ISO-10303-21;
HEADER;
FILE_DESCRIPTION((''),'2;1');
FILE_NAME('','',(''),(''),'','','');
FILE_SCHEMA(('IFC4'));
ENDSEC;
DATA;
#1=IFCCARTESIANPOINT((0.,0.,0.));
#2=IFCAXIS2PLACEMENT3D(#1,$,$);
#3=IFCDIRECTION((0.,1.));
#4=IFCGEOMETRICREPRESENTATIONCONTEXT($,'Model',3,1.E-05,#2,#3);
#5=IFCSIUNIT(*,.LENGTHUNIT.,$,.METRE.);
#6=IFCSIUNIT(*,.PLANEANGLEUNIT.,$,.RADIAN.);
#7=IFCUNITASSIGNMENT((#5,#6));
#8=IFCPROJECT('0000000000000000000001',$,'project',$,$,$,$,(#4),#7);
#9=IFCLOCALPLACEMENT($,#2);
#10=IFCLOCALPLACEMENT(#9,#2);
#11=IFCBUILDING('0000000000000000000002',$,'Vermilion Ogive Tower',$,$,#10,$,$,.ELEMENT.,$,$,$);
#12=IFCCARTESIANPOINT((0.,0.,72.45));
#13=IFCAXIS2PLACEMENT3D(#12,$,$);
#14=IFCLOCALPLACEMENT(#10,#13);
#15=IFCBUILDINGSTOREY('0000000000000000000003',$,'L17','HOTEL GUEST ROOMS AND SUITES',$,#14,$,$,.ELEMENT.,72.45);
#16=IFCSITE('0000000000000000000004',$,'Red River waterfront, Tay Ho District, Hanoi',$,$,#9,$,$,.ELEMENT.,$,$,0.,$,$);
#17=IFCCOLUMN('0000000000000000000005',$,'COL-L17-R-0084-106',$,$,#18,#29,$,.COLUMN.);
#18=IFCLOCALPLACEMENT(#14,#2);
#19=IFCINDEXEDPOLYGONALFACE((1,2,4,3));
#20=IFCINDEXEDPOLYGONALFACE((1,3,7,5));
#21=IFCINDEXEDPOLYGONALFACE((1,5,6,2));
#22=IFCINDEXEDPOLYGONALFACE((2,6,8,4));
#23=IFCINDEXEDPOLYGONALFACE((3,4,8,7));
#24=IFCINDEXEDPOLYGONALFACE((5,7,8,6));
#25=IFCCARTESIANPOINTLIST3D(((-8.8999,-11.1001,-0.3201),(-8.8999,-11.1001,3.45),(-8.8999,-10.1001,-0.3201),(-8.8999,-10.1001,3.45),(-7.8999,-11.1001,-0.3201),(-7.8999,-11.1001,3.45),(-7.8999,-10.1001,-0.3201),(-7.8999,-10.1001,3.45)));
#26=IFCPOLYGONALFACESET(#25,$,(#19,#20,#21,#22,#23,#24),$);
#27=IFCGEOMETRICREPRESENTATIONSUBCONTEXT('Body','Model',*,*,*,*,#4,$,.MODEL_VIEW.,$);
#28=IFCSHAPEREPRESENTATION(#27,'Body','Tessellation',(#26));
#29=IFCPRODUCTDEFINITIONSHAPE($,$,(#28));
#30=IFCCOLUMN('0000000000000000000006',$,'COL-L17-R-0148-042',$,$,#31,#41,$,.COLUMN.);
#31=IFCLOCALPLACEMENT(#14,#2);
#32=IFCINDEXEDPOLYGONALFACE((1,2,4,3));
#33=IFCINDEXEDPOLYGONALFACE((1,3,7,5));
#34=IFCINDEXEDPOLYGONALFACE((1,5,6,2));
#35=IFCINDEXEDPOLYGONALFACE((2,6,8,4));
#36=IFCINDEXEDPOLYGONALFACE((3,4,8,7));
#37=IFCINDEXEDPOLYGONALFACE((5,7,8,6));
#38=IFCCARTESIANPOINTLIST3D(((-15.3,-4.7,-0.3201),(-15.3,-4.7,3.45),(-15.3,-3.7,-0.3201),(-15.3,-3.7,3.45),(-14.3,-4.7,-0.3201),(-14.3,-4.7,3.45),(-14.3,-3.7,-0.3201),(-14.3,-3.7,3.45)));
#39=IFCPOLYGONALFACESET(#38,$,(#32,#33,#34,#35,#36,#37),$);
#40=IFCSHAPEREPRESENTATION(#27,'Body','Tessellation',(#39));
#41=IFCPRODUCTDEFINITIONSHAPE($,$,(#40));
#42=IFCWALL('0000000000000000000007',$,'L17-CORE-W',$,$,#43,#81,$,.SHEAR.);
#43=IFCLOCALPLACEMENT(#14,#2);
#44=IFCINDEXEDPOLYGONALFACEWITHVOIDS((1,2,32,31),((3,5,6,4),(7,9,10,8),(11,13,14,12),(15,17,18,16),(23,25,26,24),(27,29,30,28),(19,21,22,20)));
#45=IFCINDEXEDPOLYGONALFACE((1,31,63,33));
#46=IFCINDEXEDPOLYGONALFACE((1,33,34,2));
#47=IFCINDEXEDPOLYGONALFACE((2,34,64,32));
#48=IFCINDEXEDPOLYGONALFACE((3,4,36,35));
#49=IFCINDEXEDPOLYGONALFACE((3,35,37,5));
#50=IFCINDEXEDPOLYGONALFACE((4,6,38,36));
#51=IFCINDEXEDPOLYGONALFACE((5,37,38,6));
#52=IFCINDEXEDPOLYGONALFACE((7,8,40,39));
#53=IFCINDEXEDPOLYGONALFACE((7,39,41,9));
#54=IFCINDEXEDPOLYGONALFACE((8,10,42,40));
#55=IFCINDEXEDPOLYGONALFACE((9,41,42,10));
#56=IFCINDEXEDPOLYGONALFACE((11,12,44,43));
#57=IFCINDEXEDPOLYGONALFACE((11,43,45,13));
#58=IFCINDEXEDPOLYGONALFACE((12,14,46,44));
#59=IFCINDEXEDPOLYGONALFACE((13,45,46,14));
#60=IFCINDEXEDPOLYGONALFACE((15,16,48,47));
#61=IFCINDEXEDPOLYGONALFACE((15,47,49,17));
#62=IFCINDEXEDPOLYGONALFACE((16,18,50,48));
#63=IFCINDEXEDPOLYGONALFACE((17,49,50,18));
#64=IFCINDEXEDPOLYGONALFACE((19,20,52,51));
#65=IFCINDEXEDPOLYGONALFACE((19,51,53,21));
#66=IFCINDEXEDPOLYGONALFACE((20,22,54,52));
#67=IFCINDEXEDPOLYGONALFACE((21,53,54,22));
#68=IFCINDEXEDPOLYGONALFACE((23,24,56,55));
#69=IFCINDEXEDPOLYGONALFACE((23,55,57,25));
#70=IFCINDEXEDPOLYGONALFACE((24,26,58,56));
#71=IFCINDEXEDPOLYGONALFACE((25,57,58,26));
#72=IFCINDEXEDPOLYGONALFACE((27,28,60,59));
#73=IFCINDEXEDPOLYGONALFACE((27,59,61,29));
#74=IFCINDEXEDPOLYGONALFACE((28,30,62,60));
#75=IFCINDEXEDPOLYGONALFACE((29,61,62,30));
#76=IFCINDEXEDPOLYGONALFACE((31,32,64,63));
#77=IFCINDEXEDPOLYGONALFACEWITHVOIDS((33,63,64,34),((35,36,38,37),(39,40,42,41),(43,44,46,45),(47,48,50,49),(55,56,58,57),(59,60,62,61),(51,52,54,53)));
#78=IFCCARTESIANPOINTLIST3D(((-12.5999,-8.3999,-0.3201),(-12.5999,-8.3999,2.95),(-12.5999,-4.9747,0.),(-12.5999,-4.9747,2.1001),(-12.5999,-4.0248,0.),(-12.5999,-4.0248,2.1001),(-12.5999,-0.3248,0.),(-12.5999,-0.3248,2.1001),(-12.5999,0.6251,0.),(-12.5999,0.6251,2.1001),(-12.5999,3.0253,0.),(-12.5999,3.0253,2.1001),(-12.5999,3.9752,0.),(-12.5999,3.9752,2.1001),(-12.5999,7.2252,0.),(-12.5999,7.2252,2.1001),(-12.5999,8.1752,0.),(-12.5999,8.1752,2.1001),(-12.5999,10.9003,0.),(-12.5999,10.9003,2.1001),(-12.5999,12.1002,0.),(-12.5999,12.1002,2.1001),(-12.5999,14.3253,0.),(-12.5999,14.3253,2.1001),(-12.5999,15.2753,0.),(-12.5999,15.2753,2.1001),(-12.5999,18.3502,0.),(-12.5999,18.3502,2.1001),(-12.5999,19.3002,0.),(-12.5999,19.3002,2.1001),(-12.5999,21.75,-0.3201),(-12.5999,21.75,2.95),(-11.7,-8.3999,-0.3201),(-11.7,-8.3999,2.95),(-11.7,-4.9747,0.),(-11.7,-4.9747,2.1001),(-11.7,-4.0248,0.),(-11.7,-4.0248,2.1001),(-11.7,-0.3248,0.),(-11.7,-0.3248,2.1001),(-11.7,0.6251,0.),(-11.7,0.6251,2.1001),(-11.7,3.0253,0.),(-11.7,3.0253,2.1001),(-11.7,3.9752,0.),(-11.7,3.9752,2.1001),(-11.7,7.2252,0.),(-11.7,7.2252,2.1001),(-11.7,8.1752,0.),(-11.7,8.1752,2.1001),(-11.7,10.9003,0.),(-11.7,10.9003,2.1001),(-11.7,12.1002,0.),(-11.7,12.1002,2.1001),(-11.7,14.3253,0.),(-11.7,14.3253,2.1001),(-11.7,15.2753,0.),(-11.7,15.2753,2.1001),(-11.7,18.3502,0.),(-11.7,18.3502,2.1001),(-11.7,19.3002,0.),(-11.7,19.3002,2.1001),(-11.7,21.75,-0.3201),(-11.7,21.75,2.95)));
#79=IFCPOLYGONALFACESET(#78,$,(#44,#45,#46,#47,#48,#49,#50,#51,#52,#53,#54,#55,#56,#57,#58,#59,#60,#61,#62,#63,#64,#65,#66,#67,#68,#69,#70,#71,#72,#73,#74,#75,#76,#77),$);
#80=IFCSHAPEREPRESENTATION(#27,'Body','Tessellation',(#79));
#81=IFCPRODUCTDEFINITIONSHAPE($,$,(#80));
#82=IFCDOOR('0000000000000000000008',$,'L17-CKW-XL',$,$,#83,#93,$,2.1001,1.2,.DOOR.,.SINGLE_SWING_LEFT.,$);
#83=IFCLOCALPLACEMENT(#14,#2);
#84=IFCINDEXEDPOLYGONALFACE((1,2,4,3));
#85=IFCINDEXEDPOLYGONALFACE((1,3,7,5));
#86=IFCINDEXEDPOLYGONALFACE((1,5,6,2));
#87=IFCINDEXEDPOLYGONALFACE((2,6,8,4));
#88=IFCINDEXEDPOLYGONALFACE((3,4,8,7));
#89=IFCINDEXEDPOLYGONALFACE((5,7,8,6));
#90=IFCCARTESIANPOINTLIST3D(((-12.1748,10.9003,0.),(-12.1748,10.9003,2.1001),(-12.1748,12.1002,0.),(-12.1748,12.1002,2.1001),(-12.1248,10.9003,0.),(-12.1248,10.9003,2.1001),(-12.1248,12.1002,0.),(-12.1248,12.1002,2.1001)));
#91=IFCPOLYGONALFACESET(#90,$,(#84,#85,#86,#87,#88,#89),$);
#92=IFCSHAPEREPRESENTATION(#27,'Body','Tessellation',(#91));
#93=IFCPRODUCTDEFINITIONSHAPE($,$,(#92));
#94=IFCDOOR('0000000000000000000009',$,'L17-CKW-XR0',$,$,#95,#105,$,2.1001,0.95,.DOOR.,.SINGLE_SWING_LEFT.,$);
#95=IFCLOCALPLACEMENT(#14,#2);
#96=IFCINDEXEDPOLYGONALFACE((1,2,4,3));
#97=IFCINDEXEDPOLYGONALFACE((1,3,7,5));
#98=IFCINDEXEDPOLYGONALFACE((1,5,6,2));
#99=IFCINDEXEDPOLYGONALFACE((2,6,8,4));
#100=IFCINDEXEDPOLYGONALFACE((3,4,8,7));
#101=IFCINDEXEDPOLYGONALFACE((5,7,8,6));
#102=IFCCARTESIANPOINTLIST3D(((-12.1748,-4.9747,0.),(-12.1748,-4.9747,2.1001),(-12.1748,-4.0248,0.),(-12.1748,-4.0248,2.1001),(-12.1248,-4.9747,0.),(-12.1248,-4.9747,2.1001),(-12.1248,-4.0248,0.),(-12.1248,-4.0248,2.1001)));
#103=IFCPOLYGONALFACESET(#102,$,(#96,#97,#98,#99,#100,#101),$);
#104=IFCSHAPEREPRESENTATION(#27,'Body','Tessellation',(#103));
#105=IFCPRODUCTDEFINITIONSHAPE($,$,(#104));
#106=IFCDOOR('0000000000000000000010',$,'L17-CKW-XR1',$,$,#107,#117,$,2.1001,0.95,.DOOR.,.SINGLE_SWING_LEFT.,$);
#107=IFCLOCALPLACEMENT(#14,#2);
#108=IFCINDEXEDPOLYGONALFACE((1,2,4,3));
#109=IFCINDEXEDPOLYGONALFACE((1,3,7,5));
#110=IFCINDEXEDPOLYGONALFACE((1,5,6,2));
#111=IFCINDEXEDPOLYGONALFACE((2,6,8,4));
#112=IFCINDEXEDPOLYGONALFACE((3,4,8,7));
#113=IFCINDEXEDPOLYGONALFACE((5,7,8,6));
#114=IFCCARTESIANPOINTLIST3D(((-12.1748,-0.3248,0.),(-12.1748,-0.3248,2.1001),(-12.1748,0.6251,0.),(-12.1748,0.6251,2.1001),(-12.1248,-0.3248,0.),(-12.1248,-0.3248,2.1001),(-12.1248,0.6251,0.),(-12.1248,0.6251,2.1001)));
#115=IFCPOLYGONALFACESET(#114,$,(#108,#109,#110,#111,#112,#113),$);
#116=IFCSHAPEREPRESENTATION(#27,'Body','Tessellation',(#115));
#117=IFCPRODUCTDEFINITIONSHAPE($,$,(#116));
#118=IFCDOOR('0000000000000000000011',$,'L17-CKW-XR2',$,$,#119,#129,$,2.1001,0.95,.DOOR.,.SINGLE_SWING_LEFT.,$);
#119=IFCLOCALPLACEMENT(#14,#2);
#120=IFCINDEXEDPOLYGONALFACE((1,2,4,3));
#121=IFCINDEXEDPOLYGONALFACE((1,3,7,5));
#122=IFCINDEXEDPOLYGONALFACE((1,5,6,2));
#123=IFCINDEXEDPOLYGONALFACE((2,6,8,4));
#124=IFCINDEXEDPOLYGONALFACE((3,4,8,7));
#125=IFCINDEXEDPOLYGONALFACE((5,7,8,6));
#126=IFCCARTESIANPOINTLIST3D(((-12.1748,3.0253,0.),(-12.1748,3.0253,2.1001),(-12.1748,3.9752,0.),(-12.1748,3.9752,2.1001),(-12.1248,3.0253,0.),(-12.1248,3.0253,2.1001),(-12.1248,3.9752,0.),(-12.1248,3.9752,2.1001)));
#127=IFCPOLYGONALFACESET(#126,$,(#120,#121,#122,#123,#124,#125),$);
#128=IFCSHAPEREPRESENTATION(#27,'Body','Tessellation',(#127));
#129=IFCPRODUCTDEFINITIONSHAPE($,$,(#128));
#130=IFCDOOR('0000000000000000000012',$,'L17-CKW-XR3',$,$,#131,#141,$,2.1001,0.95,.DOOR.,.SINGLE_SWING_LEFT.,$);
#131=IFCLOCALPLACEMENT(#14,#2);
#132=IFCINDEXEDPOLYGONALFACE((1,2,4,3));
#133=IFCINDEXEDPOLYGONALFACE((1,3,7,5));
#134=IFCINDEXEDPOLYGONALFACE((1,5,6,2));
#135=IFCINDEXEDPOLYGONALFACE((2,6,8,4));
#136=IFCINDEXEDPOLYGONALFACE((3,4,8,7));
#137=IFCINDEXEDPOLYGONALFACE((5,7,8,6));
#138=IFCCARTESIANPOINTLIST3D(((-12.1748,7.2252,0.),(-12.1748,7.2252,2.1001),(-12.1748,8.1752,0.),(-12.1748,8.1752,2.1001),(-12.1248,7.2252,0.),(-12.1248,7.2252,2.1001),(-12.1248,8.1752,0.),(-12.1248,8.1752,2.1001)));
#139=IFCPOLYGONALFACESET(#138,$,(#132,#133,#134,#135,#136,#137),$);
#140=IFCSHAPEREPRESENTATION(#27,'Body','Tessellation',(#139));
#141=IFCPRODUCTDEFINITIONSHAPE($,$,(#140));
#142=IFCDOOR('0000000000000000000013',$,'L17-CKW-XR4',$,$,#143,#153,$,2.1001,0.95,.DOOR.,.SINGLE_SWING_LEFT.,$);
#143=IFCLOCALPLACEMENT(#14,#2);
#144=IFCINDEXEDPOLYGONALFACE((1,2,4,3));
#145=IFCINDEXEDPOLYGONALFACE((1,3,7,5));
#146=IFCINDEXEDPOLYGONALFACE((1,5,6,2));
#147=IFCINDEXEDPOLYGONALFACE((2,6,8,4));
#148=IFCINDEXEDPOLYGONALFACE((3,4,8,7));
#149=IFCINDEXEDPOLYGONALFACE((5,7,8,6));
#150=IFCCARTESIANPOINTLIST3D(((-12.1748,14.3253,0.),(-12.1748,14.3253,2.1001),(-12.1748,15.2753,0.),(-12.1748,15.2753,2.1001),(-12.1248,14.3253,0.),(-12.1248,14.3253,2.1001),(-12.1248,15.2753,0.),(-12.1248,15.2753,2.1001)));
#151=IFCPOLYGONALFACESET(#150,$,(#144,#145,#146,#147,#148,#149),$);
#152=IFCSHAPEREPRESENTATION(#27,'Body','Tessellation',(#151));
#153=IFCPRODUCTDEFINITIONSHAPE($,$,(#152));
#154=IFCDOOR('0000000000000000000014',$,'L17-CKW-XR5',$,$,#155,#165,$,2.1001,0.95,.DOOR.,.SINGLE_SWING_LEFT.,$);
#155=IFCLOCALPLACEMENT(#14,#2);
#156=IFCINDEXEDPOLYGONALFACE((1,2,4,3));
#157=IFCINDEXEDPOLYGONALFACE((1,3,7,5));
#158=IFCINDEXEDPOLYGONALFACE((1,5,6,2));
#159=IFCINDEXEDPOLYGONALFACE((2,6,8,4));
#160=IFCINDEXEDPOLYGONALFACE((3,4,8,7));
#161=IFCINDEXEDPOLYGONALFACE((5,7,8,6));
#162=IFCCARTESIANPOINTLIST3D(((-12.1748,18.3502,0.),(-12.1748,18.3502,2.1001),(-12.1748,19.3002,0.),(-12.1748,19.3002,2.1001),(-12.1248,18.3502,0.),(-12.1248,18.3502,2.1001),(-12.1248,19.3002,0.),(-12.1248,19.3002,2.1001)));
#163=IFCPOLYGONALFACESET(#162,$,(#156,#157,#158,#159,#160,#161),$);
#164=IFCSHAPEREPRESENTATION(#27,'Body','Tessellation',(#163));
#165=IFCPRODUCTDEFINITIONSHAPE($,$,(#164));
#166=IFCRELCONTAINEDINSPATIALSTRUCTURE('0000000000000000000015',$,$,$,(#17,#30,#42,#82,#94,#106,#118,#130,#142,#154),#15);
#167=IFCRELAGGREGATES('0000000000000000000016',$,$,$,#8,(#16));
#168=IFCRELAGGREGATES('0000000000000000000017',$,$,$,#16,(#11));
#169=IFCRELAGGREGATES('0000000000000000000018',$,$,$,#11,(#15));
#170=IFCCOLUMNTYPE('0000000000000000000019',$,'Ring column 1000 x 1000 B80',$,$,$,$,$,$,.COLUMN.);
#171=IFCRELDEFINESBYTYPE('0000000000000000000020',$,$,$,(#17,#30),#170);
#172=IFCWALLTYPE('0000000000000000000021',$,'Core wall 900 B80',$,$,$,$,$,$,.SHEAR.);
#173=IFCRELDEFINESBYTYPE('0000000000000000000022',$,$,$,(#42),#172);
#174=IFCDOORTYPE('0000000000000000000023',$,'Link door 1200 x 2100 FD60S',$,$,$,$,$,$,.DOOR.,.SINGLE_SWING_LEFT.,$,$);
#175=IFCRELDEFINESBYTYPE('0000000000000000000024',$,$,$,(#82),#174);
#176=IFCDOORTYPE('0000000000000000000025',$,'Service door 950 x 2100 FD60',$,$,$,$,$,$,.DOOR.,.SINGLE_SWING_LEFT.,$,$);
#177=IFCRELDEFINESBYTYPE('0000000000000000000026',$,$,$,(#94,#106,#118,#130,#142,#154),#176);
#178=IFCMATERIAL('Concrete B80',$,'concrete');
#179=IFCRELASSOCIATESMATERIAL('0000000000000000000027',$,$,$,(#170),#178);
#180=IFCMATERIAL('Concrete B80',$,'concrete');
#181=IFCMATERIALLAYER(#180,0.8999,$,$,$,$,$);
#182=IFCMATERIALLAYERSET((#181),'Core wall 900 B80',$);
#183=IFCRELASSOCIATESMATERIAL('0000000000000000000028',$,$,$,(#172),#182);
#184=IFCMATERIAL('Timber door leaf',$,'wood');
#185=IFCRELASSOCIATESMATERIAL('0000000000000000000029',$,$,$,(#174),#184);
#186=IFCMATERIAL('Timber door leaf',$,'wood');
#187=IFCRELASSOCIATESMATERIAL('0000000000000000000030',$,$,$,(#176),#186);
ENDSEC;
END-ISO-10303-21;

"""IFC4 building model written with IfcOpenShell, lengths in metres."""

from ifc_helpers import new_model, si_unit, direction, frame, frame_2d, origin, origin_2d, place, context, subcontext, project, spatial, rectangle, extrude, material, layer, layer_set, material_profile, profile_set, type_object, element, fill, save


model = new_model("IFC4")

# Units and contexts
model_context = context("Model", 3, precision=1e-05, world=origin(), true_north=direction((0.0, 1.0)))
body_context = subcontext(model_context, "Body", "Model", "MODEL_VIEW")
ifc_project = project(units=[si_unit("LENGTHUNIT", "METRE"), si_unit("PLANEANGLEUNIT", "RADIAN")], contexts=[model_context])

# Site, building, storey
site_placement = place(None, origin())
site = spatial("IfcSite", under=ifc_project, at=site_placement, Name="Red River waterfront, Tay Ho District, Hanoi", CompositionType="ELEMENT", RefElevation=0.0)
building_placement = place(site_placement, origin())
building = spatial("IfcBuilding", under=site, at=building_placement, Name="Vermilion Ogive Tower", CompositionType="ELEMENT")
storey_placement = place(building_placement, frame((0.0, 0.0, 72.45)))
storey = spatial("IfcBuildingStorey", under=building, at=storey_placement, Name="L17", Description="HOTEL GUEST ROOMS AND SUITES", CompositionType="ELEMENT", Elevation=72.45)

# Columns
ifc_material_1 = material(Name="Concrete B80", Category="concrete")
ifc_material_profile = material_profile(ifc_material_1, rectangle(XDim=1.0, YDim=1.0, at=origin_2d()), Name="1000 x 1000")
ifc_profile_set = profile_set([ifc_material_profile], Name="Concrete B80")
column_type = type_object("IfcColumnType", Name="Ring column 1000 x 1000 B80", PredefinedType="COLUMN", material=ifc_profile_set)
for number, where, z_axis, x_axis, name in (
    (1, (-8.3999, -10.6001, -0.3201), (0.0, 0.0, 1.0), (1.0, 0.0, 0.0), "COL-L17-R-0084-106"),
    (2, (-14.8, -4.2, -0.3201), (0.0, 0.0, 1.0), (1.0, 0.0, 0.0), "COL-L17-R-0148-042"),
):
    element("IfcColumn", number, at=place(storey_placement, frame(where, z_axis=z_axis, x_axis=x_axis)), inside=storey, type_object=column_type, Name=name, PredefinedType="COLUMN", context=body_context, shape_type="SweptSolid", body=[
        extrude(rectangle(XDim=1.0, YDim=1.0, at=origin_2d()), origin(), (0.0, 0.0, 1.0), 3.77),
    ])

# Wall, openings, doors
ifc_material_2 = material(Name="Concrete B80", Category="concrete")
ifc_layer_1 = layer(ifc_material_2, 0.8999)
ifc_layer_set_1 = layer_set([ifc_layer_1], Name="Core wall 900 B80")
wall_type_1 = type_object("IfcWallType", Name="Core wall 900 B80", PredefinedType="SHEAR", material=ifc_layer_set_1)
wall_1_placement = place(storey_placement, frame((-12.1499, -8.3999, -0.3201), z_axis=(0.0, 0.0, 1.0), x_axis=(0.0, 1.0, 0.0)))
wall_1 = element("IfcWall", 3, at=wall_1_placement, inside=storey, type_object=wall_type_1, Name="L17-CORE-W", PredefinedType="SHEAR", context=body_context, shape_type="SweptSolid", body=[
    extrude(rectangle(XDim=30.1499, YDim=0.8999, at=frame_2d((15.075, 0.0))), origin(), (0.0, 0.0, 1.0), 3.27),
])
opening_1_placement = place(wall_1_placement, frame((3.425, 0.0, 0.3201)))
opening_1 = element("IfcOpeningElement", 4, at=opening_1_placement, cuts=wall_1, PredefinedType="OPENING", context=body_context, shape_type="SweptSolid", body=[
    extrude(rectangle(XDim=0.95, YDim=2.1001, at=frame_2d((0.4751, 1.05))), frame((0.0, 0.46, 0.0), z_axis=(0.0, -1.0, 0.0), x_axis=(1.0, 0.0, 0.0)), (0.0, 0.0, 1.0), 0.9199),
])
opening_2_placement = place(wall_1_placement, frame((8.075, 0.0, 0.3201)))
opening_2 = element("IfcOpeningElement", 5, at=opening_2_placement, cuts=wall_1, PredefinedType="OPENING", context=body_context, shape_type="SweptSolid", body=[
    extrude(rectangle(XDim=0.95, YDim=2.1001, at=frame_2d((0.4751, 1.05))), frame((0.0, 0.46, 0.0), z_axis=(0.0, -1.0, 0.0), x_axis=(1.0, 0.0, 0.0)), (0.0, 0.0, 1.0), 0.9199),
])
opening_3_placement = place(wall_1_placement, frame((11.425, 0.0, 0.3201)))
opening_3 = element("IfcOpeningElement", 6, at=opening_3_placement, cuts=wall_1, PredefinedType="OPENING", context=body_context, shape_type="SweptSolid", body=[
    extrude(rectangle(XDim=0.95, YDim=2.1001, at=frame_2d((0.4751, 1.05))), frame((0.0, 0.46, 0.0), z_axis=(0.0, -1.0, 0.0), x_axis=(1.0, 0.0, 0.0)), (0.0, 0.0, 1.0), 0.9199),
])
opening_4_placement = place(wall_1_placement, frame((15.625, 0.0, 0.3201)))
opening_4 = element("IfcOpeningElement", 7, at=opening_4_placement, cuts=wall_1, PredefinedType="OPENING", context=body_context, shape_type="SweptSolid", body=[
    extrude(rectangle(XDim=0.95, YDim=2.1001, at=frame_2d((0.4751, 1.05))), frame((0.0, 0.46, 0.0), z_axis=(0.0, -1.0, 0.0), x_axis=(1.0, 0.0, 0.0)), (0.0, 0.0, 1.0), 0.9199),
])
opening_5_placement = place(wall_1_placement, frame((22.7251, 0.0, 0.3201)))
opening_5 = element("IfcOpeningElement", 8, at=opening_5_placement, cuts=wall_1, PredefinedType="OPENING", context=body_context, shape_type="SweptSolid", body=[
    extrude(rectangle(XDim=0.95, YDim=2.1001, at=frame_2d((0.4751, 1.05))), frame((0.0, 0.46, 0.0), z_axis=(0.0, -1.0, 0.0), x_axis=(1.0, 0.0, 0.0)), (0.0, 0.0, 1.0), 0.9199),
])
opening_6_placement = place(wall_1_placement, frame((26.75, 0.0, 0.3201)))
opening_6 = element("IfcOpeningElement", 9, at=opening_6_placement, cuts=wall_1, PredefinedType="OPENING", context=body_context, shape_type="SweptSolid", body=[
    extrude(rectangle(XDim=0.95, YDim=2.1001, at=frame_2d((0.4751, 1.05))), frame((0.0, 0.46, 0.0), z_axis=(0.0, -1.0, 0.0), x_axis=(1.0, 0.0, 0.0)), (0.0, 0.0, 1.0), 0.9199),
])
opening_7_placement = place(wall_1_placement, frame((19.3, 0.0, 0.3201)))
opening_7 = element("IfcOpeningElement", 10, at=opening_7_placement, cuts=wall_1, PredefinedType="OPENING", context=body_context, shape_type="SweptSolid", body=[
    extrude(rectangle(XDim=1.2, YDim=2.1001, at=frame_2d((0.6001, 1.05))), frame((0.0, 0.46, 0.0), z_axis=(0.0, -1.0, 0.0), x_axis=(1.0, 0.0, 0.0)), (0.0, 0.0, 1.0), 0.9199),
])
ifc_material_3 = material(Name="Timber door leaf", Category="wood")
door_type_1 = type_object("IfcDoorType", Name="Link door 1200 x 2100 FD60S", OperationType="SINGLE_SWING_LEFT", PredefinedType="DOOR", material=ifc_material_3)
door_1_placement = place(opening_7_placement, origin())
door_1 = element("IfcDoor", 11, at=door_1_placement, inside=storey, type_object=door_type_1, Name="L17-CKW-XL", OperationType="SINGLE_SWING_LEFT", OverallHeight=2.1001, OverallWidth=1.2, PredefinedType="DOOR", context=body_context, shape_type="SweptSolid", body=[
    extrude(rectangle(XDim=1.2, YDim=2.1001, at=frame_2d((0.6001, 1.05))), frame((0.0, 0.0249, 0.0), z_axis=(0.0, -1.0, 0.0), x_axis=(1.0, 0.0, 0.0)), (0.0, 0.0, 1.0), 0.05),
])
fill(opening_7, door_1)
ifc_material_4 = material(Name="Timber door leaf", Category="wood")
door_type_2 = type_object("IfcDoorType", Name="Service door 950 x 2100 FD60", OperationType="SINGLE_SWING_LEFT", PredefinedType="DOOR", material=ifc_material_4)
door_2_placement = place(opening_1_placement, origin())
door_2 = element("IfcDoor", 12, at=door_2_placement, inside=storey, type_object=door_type_2, Name="L17-CKW-XR0", OperationType="SINGLE_SWING_LEFT", OverallHeight=2.1001, OverallWidth=0.95, PredefinedType="DOOR", context=body_context, shape_type="SweptSolid", body=[
    extrude(rectangle(XDim=0.95, YDim=2.1001, at=frame_2d((0.4751, 1.05))), frame((0.0, 0.0249, 0.0), z_axis=(0.0, -1.0, 0.0), x_axis=(1.0, 0.0, 0.0)), (0.0, 0.0, 1.0), 0.05),
])
fill(opening_1, door_2)
door_3_placement = place(opening_2_placement, origin())
door_3 = element("IfcDoor", 13, at=door_3_placement, inside=storey, type_object=door_type_2, Name="L17-CKW-XR1", OperationType="SINGLE_SWING_LEFT", OverallHeight=2.1001, OverallWidth=0.95, PredefinedType="DOOR", context=body_context, shape_type="SweptSolid", body=[
    extrude(rectangle(XDim=0.95, YDim=2.1001, at=frame_2d((0.4751, 1.05))), frame((0.0, 0.0249, 0.0), z_axis=(0.0, -1.0, 0.0), x_axis=(1.0, 0.0, 0.0)), (0.0, 0.0, 1.0), 0.05),
])
fill(opening_2, door_3)
door_4_placement = place(opening_3_placement, origin())
door_4 = element("IfcDoor", 14, at=door_4_placement, inside=storey, type_object=door_type_2, Name="L17-CKW-XR2", OperationType="SINGLE_SWING_LEFT", OverallHeight=2.1001, OverallWidth=0.95, PredefinedType="DOOR", context=body_context, shape_type="SweptSolid", body=[
    extrude(rectangle(XDim=0.95, YDim=2.1001, at=frame_2d((0.4751, 1.05))), frame((0.0, 0.0249, 0.0), z_axis=(0.0, -1.0, 0.0), x_axis=(1.0, 0.0, 0.0)), (0.0, 0.0, 1.0), 0.05),
])
fill(opening_3, door_4)
door_5_placement = place(opening_4_placement, origin())
door_5 = element("IfcDoor", 15, at=door_5_placement, inside=storey, type_object=door_type_2, Name="L17-CKW-XR3", OperationType="SINGLE_SWING_LEFT", OverallHeight=2.1001, OverallWidth=0.95, PredefinedType="DOOR", context=body_context, shape_type="SweptSolid", body=[
    extrude(rectangle(XDim=0.95, YDim=2.1001, at=frame_2d((0.4751, 1.05))), frame((0.0, 0.0249, 0.0), z_axis=(0.0, -1.0, 0.0), x_axis=(1.0, 0.0, 0.0)), (0.0, 0.0, 1.0), 0.05),
])
fill(opening_4, door_5)
door_6_placement = place(opening_5_placement, origin())
door_6 = element("IfcDoor", 16, at=door_6_placement, inside=storey, type_object=door_type_2, Name="L17-CKW-XR4", OperationType="SINGLE_SWING_LEFT", OverallHeight=2.1001, OverallWidth=0.95, PredefinedType="DOOR", context=body_context, shape_type="SweptSolid", body=[
    extrude(rectangle(XDim=0.95, YDim=2.1001, at=frame_2d((0.4751, 1.05))), frame((0.0, 0.0249, 0.0), z_axis=(0.0, -1.0, 0.0), x_axis=(1.0, 0.0, 0.0)), (0.0, 0.0, 1.0), 0.05),
])
fill(opening_5, door_6)
door_7_placement = place(opening_6_placement, origin())
door_7 = element("IfcDoor", 17, at=door_7_placement, inside=storey, type_object=door_type_2, Name="L17-CKW-XR5", OperationType="SINGLE_SWING_LEFT", OverallHeight=2.1001, OverallWidth=0.95, PredefinedType="DOOR", context=body_context, shape_type="SweptSolid", body=[
    extrude(rectangle(XDim=0.95, YDim=2.1001, at=frame_2d((0.4751, 1.05))), frame((0.0, 0.0249, 0.0), z_axis=(0.0, -1.0, 0.0), x_axis=(1.0, 0.0, 0.0)), (0.0, 0.0, 1.0), 0.05),
])
fill(opening_6, door_7)

save(model, "model.ifc")
